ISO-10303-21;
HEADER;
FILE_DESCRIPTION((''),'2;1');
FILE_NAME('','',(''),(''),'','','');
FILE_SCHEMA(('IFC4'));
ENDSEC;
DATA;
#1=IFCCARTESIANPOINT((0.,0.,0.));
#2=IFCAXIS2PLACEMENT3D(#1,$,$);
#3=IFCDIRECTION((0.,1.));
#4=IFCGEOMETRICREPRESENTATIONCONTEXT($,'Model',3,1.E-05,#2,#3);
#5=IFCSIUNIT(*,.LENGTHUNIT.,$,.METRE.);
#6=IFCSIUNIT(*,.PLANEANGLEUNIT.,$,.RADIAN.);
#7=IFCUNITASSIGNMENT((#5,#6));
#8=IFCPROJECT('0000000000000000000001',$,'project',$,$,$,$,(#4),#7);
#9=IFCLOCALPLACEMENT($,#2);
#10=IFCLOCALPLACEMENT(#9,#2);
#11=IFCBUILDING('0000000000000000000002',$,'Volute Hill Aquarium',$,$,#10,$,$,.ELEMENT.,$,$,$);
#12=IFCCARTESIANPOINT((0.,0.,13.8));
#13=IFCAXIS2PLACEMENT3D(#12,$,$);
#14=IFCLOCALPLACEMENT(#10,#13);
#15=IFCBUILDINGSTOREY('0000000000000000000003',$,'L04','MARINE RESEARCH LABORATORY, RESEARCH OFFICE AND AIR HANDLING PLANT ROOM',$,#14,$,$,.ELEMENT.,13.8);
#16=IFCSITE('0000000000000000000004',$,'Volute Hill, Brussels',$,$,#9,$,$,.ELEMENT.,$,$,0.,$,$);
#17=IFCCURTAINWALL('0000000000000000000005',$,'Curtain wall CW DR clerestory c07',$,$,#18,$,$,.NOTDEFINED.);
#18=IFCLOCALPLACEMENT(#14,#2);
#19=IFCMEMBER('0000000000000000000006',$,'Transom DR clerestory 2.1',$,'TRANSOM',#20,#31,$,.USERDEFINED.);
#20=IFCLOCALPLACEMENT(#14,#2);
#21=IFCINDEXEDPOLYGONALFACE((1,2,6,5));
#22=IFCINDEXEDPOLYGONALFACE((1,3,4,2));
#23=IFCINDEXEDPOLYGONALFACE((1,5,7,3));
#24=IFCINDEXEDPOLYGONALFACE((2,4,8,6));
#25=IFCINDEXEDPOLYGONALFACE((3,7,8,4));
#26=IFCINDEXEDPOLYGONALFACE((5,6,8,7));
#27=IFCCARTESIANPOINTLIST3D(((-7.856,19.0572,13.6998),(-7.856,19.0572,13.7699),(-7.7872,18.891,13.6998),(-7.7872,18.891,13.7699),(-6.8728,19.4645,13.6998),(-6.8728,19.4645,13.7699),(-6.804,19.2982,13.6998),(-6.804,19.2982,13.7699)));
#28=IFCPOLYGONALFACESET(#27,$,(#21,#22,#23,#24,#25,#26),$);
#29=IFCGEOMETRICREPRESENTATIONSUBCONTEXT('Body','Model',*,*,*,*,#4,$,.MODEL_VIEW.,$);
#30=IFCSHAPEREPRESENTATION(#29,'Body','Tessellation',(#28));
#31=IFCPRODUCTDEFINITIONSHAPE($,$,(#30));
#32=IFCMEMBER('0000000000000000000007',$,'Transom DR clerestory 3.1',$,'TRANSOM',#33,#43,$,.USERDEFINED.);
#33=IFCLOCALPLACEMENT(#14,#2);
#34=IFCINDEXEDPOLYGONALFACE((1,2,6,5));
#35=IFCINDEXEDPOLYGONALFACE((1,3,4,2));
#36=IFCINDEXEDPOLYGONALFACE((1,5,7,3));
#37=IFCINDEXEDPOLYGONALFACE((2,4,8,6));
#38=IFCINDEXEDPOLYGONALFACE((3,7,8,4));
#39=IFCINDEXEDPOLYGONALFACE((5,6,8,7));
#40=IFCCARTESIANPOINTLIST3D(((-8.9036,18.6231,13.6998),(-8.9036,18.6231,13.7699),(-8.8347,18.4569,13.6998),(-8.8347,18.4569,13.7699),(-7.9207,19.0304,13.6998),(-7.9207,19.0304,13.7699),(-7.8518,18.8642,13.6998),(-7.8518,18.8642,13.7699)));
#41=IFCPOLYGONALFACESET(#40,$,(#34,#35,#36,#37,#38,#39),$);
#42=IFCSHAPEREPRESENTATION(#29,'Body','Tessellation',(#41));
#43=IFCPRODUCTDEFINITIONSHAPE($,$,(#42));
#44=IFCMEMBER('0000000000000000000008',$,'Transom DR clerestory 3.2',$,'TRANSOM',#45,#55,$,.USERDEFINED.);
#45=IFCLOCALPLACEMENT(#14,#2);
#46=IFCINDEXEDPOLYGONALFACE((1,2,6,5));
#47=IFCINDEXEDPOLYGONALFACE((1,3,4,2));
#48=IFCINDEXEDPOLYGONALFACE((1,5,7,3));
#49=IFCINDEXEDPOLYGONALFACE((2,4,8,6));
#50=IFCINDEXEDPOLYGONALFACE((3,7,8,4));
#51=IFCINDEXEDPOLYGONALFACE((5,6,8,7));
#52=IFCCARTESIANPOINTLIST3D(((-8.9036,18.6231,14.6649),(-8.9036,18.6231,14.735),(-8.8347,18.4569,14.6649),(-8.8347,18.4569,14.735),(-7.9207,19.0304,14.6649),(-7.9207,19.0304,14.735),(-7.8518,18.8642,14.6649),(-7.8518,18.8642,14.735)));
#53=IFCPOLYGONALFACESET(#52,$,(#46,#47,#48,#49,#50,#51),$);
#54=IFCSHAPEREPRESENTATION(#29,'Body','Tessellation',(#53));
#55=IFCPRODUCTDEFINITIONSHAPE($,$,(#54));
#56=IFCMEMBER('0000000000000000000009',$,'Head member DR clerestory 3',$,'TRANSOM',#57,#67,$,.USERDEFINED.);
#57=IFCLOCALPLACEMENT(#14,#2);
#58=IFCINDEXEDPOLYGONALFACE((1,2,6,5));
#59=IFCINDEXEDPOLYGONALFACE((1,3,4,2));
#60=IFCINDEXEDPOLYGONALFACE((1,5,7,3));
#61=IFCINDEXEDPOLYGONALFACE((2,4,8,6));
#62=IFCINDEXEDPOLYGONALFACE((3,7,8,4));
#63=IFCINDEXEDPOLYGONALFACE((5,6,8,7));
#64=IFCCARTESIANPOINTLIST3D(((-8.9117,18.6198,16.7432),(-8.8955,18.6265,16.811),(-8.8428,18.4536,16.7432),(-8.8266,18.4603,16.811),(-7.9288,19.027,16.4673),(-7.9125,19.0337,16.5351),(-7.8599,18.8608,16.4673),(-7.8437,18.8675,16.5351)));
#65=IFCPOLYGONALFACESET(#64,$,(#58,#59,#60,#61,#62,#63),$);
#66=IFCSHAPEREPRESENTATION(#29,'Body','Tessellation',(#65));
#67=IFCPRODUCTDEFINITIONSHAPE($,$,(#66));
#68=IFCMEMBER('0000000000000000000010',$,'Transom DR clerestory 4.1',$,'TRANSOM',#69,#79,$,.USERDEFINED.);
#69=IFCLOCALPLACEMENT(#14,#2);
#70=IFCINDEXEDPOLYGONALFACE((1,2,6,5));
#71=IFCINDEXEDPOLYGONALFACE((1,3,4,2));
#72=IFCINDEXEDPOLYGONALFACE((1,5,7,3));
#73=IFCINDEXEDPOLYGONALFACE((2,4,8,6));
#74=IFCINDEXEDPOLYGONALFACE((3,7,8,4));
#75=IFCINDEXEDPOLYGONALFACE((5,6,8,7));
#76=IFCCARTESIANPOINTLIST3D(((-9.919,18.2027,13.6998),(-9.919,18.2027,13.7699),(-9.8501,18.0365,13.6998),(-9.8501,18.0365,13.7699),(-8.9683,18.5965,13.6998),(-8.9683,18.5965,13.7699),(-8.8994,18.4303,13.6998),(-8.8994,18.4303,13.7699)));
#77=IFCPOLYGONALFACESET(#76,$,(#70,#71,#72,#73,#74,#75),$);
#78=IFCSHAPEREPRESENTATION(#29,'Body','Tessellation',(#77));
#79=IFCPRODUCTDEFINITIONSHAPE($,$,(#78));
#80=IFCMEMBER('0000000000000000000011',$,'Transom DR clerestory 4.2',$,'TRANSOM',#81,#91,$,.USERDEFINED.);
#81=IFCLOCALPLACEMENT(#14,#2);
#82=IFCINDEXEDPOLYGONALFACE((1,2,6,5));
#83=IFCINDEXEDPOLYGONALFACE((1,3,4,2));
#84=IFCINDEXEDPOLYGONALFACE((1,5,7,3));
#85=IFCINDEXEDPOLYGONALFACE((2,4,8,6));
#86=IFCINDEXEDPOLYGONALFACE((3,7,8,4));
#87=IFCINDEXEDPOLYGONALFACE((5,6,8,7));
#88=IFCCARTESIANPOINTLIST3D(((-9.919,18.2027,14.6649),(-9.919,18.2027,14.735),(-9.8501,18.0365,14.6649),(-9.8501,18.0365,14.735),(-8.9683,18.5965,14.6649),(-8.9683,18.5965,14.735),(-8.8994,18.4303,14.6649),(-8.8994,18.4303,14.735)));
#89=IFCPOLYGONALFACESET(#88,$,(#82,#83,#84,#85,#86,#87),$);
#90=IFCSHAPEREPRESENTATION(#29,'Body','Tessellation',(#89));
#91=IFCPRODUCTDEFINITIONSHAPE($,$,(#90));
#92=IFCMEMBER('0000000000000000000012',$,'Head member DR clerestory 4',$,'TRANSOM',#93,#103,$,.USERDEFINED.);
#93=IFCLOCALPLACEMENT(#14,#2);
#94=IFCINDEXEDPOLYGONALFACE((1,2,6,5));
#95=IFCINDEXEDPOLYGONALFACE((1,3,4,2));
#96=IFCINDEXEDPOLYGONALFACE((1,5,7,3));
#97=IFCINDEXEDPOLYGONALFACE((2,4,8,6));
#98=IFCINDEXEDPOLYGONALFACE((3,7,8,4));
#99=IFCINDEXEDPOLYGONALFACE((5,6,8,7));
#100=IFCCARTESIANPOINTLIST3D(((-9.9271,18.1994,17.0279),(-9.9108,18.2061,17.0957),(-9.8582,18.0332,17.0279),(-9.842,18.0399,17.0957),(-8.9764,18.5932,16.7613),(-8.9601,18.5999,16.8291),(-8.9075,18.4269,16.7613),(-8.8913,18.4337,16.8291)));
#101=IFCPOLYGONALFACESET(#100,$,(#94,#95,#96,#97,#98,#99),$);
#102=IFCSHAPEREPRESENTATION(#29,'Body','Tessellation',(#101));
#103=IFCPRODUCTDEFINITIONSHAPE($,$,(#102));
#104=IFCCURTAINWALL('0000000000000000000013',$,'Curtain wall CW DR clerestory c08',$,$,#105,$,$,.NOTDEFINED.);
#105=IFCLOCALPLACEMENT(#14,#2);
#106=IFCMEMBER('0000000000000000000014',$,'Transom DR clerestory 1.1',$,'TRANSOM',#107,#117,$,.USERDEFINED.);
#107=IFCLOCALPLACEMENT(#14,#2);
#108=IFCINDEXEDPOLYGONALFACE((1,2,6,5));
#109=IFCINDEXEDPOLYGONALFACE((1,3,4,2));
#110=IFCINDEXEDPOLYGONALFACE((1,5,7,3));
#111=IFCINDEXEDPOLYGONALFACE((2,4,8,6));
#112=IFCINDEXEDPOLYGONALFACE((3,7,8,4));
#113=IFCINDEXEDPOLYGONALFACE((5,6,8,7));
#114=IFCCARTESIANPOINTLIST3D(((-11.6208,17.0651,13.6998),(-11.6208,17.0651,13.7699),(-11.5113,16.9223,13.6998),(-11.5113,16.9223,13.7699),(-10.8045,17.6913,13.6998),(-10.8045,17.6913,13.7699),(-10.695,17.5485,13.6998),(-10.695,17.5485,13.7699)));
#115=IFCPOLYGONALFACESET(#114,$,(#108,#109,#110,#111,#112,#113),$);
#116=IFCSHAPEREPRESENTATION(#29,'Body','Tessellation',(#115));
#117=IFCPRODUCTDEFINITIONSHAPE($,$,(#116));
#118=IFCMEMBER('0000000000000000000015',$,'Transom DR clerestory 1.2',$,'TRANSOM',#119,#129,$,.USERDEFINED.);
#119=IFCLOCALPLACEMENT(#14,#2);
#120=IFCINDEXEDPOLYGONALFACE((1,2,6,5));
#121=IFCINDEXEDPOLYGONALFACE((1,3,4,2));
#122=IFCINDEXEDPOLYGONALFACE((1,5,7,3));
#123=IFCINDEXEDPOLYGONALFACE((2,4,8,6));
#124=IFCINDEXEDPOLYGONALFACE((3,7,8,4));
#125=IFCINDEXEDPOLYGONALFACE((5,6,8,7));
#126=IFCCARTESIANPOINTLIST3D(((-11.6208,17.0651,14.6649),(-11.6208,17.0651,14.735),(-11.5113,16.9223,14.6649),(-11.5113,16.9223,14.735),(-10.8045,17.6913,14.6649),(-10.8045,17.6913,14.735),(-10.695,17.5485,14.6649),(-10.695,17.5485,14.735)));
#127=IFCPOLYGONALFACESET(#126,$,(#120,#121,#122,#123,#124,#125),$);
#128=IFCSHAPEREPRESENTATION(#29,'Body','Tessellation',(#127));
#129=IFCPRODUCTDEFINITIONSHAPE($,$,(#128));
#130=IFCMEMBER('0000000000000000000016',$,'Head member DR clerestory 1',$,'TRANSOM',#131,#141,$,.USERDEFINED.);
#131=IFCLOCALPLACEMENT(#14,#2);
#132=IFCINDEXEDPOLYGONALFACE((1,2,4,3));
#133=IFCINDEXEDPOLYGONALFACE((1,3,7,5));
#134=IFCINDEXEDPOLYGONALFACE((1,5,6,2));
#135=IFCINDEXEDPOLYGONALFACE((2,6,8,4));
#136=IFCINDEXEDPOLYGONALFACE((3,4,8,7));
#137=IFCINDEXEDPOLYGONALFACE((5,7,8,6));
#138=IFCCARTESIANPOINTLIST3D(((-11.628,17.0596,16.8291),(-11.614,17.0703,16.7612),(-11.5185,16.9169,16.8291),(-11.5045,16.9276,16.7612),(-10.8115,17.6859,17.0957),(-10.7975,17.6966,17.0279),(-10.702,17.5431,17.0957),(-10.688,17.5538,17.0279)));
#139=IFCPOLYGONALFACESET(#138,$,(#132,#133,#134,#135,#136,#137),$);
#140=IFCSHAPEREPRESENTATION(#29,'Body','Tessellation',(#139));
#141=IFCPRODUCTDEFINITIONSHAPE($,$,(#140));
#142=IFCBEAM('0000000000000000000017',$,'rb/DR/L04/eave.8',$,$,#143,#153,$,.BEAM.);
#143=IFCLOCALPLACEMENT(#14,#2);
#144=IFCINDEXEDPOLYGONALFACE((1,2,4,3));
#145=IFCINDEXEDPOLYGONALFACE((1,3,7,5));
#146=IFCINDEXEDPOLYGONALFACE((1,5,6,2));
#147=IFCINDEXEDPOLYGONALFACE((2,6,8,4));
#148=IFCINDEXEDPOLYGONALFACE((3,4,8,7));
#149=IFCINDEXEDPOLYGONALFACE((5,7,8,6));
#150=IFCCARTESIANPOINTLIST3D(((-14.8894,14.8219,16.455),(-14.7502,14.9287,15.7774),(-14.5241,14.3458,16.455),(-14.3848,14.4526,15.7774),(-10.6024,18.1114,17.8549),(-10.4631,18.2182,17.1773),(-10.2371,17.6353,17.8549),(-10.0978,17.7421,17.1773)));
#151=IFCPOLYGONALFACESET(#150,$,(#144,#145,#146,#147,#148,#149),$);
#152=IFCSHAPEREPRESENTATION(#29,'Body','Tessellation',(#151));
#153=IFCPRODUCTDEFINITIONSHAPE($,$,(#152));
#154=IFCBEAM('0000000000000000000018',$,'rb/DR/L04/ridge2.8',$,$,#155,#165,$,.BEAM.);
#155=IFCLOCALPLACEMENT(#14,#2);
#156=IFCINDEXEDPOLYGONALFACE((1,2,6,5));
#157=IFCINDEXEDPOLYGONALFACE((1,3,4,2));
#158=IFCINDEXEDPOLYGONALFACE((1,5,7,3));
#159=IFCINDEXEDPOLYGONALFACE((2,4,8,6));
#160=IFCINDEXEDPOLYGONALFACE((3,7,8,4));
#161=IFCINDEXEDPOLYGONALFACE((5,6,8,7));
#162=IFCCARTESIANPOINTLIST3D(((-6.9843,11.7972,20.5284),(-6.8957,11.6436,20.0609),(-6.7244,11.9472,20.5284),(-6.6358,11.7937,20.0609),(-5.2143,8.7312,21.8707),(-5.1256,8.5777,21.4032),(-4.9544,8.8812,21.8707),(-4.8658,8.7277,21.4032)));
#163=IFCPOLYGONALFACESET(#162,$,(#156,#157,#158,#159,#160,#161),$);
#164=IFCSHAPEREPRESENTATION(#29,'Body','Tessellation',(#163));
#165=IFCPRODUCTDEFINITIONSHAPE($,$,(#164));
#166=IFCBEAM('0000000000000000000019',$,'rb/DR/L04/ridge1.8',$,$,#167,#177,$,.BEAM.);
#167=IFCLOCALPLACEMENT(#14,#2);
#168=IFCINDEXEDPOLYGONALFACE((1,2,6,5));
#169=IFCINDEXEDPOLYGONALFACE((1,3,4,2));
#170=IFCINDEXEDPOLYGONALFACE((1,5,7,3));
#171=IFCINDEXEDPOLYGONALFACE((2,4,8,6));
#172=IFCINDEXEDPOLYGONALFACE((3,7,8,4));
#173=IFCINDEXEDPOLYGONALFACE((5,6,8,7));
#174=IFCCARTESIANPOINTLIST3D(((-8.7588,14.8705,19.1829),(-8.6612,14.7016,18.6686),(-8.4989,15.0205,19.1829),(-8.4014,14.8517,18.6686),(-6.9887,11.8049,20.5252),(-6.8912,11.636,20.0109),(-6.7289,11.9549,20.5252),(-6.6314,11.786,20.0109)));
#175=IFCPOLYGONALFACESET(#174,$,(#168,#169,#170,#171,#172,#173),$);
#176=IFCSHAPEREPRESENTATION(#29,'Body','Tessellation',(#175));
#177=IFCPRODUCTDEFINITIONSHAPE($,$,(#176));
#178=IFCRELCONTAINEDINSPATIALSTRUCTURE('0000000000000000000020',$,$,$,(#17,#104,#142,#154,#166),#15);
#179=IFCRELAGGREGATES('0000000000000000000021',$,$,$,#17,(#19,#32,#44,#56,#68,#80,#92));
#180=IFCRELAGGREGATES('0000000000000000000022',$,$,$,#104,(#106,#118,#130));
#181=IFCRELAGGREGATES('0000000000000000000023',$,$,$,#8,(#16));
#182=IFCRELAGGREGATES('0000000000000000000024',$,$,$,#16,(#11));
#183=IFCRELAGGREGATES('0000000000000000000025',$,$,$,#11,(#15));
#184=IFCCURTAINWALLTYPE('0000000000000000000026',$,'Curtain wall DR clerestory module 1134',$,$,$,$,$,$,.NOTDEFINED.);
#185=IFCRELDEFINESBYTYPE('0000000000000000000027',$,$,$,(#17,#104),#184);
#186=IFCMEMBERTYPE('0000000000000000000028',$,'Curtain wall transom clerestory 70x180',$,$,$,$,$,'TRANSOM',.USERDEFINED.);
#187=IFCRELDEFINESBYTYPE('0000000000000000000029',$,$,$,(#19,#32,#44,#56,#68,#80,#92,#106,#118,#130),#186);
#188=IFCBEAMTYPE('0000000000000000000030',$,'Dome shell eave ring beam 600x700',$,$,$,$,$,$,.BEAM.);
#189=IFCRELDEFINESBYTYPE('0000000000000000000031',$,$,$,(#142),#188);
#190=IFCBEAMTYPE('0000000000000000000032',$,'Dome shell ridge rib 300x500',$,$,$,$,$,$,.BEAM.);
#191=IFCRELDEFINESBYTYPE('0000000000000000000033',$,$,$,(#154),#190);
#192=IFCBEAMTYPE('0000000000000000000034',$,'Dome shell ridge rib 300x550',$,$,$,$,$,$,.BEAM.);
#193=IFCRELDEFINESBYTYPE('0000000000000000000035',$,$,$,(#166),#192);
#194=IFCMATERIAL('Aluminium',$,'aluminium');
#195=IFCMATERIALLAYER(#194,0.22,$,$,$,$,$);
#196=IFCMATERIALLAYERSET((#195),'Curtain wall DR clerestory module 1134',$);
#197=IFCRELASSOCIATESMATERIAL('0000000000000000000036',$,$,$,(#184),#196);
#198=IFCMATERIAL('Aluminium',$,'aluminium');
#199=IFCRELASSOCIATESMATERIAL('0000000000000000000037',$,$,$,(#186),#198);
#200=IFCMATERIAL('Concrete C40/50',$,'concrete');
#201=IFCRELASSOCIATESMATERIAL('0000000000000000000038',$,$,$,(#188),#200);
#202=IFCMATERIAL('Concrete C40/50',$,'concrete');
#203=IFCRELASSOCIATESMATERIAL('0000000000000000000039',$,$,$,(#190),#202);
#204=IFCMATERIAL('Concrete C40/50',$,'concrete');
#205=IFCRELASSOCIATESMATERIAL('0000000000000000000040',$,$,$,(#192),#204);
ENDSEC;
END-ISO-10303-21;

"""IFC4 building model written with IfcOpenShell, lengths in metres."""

from ifc_helpers import new_model, si_unit, direction, frame, origin, origin_2d, place, context, subcontext, project, spatial, rectangle, extrude, material, layer, layer_set, material_profile, profile_set, type_object, element, aggregate, save


model = new_model("IFC4")

# Units and contexts
model_context = context("Model", 3, precision=1e-05, world=origin(), true_north=direction((0.0, 1.0)))
body_context = subcontext(model_context, "Body", "Model", "MODEL_VIEW")
ifc_project = project(units=[si_unit("LENGTHUNIT", "METRE"), si_unit("PLANEANGLEUNIT", "RADIAN")], contexts=[model_context])

# Site, building, storey
site_placement = place(None, origin())
site = spatial("IfcSite", under=ifc_project, at=site_placement, Name="Volute Hill, Brussels", CompositionType="ELEMENT", RefElevation=0.0)
building_placement = place(site_placement, origin())
building = spatial("IfcBuilding", under=site, at=building_placement, Name="Volute Hill Aquarium", CompositionType="ELEMENT")
storey_placement = place(building_placement, frame((0.0, 0.0, 13.8)))
storey = spatial("IfcBuildingStorey", under=building, at=storey_placement, Name="L04", Description="MARINE RESEARCH LABORATORY, RESEARCH OFFICE AND AIR HANDLING PLANT ROOM", CompositionType="ELEMENT", Elevation=13.8)

# Curtain walls, members
ifc_material_1 = material(Name="Aluminium", Category="aluminium")
ifc_layer_1 = layer(ifc_material_1, 0.22)
ifc_layer_set_1 = layer_set([ifc_layer_1], Name="Curtain wall DR clerestory module 1134")
curtain_wall_type = type_object("IfcCurtainWallType", Name="Curtain wall DR clerestory module 1134", PredefinedType="NOTDEFINED", material=ifc_layer_set_1)
curtain_wall_1_placement = place(storey_placement, origin())
curtain_wall_1 = element("IfcCurtainWall", 1, at=curtain_wall_1_placement, inside=storey, type_object=curtain_wall_type, Name="Curtain wall CW DR clerestory c07", PredefinedType="NOTDEFINED")
ifc_material_2 = material(Name="Aluminium", Category="aluminium")
ifc_material_profile_1 = material_profile(ifc_material_2, rectangle(XDim=0.1799, YDim=0.0701, at=origin_2d()), Name="Curtain wall transom clerestory 70x180")
ifc_profile_set_1 = profile_set([ifc_material_profile_1], Name="Aluminium")
member_type = type_object("IfcMemberType", Name="Curtain wall transom clerestory 70x180", ElementType="TRANSOM", PredefinedType="USERDEFINED", material=ifc_profile_set_1)
member_1_placement = place(storey_placement, frame((-6.8384, 19.3813, 13.7349), z_axis=(-0.923883, -0.382676, 0.0), x_axis=(0.382676, -0.923883, 0.0)))
member_1 = element("IfcMember", 2, at=member_1_placement, type_object=member_type, Name="Transom DR clerestory 2.1", ObjectType="TRANSOM", PredefinedType="USERDEFINED", context=body_context, shape_type="SweptSolid", body=[
    extrude(rectangle(XDim=0.1799, YDim=0.0701, at=origin_2d()), origin(), (0.0, 0.0, 1.0), 1.0642),
])
member_2_placement = place(storey_placement, frame((-7.8862, 18.9473, 13.7349), z_axis=(-0.923849, -0.382757, 0.0), x_axis=(0.382757, -0.923849, 0.0)))
member_2 = element("IfcMember", 3, at=member_2_placement, type_object=member_type, Name="Transom DR clerestory 3.1", ObjectType="TRANSOM", PredefinedType="USERDEFINED", context=body_context, shape_type="SweptSolid", body=[
    extrude(rectangle(XDim=0.1799, YDim=0.0701, at=origin_2d()), origin(), (0.0, 0.0, 1.0), 1.064),
])
member_3_placement = place(storey_placement, frame((-7.8862, 18.9473, 14.7), z_axis=(-0.923849, -0.382757, 0.0), x_axis=(0.382757, -0.923849, 0.0)))
member_3 = element("IfcMember", 4, at=member_3_placement, type_object=member_type, Name="Transom DR clerestory 3.2", ObjectType="TRANSOM", PredefinedType="USERDEFINED", context=body_context, shape_type="SweptSolid", body=[
    extrude(rectangle(XDim=0.1799, YDim=0.0701, at=origin_2d()), origin(), (0.0, 0.0, 1.0), 1.064),
])
member_4_placement = place(storey_placement, frame((-7.8862, 18.9473, 16.5012), z_axis=(-0.894274, -0.370504, 0.251001), x_axis=(0.382757, -0.923849, 0.0)))
member_4 = element("IfcMember", 5, at=member_4_placement, type_object=member_type, Name="Head member DR clerestory 3", ObjectType="TRANSOM", PredefinedType="USERDEFINED", context=body_context, shape_type="SweptSolid", body=[
    extrude(rectangle(XDim=0.1799, YDim=0.0701, at=origin_2d()), origin(), (0.0, 0.0, 1.0), 1.0991),
])
member_5_placement = place(storey_placement, frame((-8.9338, 18.5134, 13.7349), z_axis=(-0.923875, -0.382694, 0.0), x_axis=(0.382694, -0.923875, 0.0)))
member_5 = element("IfcMember", 6, at=member_5_placement, type_object=member_type, Name="Transom DR clerestory 4.1", ObjectType="TRANSOM", PredefinedType="USERDEFINED", context=body_context, shape_type="SweptSolid", body=[
    extrude(rectangle(XDim=0.1799, YDim=0.0701, at=origin_2d()), origin(), (0.0, 0.0, 1.0), 1.0291),
])
member_6_placement = place(storey_placement, frame((-8.9338, 18.5134, 14.7), z_axis=(-0.923875, -0.382694, 0.0), x_axis=(0.382694, -0.923875, 0.0)))
member_6 = element("IfcMember", 7, at=member_6_placement, type_object=member_type, Name="Transom DR clerestory 4.2", ObjectType="TRANSOM", PredefinedType="USERDEFINED", context=body_context, shape_type="SweptSolid", body=[
    extrude(rectangle(XDim=0.1799, YDim=0.0701, at=origin_2d()), origin(), (0.0, 0.0, 1.0), 1.0291),
])
member_7_placement = place(storey_placement, frame((-8.9338, 18.5134, 16.7952), z_axis=(-0.894346, -0.370462, 0.250803), x_axis=(0.382694, -0.923875, 0.0)))
member_7 = element("IfcMember", 8, at=member_7_placement, type_object=member_type, Name="Head member DR clerestory 4", ObjectType="TRANSOM", PredefinedType="USERDEFINED", context=body_context, shape_type="SweptSolid", body=[
    extrude(rectangle(XDim=0.1799, YDim=0.0701, at=origin_2d()), origin(), (0.0, 0.0, 1.0), 1.063),
])
curtain_wall_2_placement = place(storey_placement, origin())
curtain_wall_2 = element("IfcCurtainWall", 9, at=curtain_wall_2_placement, inside=storey, type_object=curtain_wall_type, Name="Curtain wall CW DR clerestory c08", PredefinedType="NOTDEFINED")
member_8_placement = place(storey_placement, frame((-10.7498, 17.6199, 13.7349), z_axis=(-0.793461, -0.608621, 0.0), x_axis=(0.608621, -0.793461, 0.0)))
member_8 = element("IfcMember", 10, at=member_8_placement, type_object=member_type, Name="Transom DR clerestory 1.1", ObjectType="TRANSOM", PredefinedType="USERDEFINED", context=body_context, shape_type="SweptSolid", body=[
    extrude(rectangle(XDim=0.1799, YDim=0.0701, at=origin_2d()), origin(), (0.0, 0.0, 1.0), 1.0288),
])
member_9_placement = place(storey_placement, frame((-10.7498, 17.6199, 14.7), z_axis=(-0.793461, -0.608621, 0.0), x_axis=(0.608621, -0.793461, 0.0)))
member_9 = element("IfcMember", 11, at=member_9_placement, type_object=member_type, Name="Transom DR clerestory 1.2", ObjectType="TRANSOM", PredefinedType="USERDEFINED", context=body_context, shape_type="SweptSolid", body=[
    extrude(rectangle(XDim=0.1799, YDim=0.0701, at=origin_2d()), origin(), (0.0, 0.0, 1.0), 1.0288),
])
member_10_placement = place(storey_placement, frame((-10.7498, 17.6199, 17.0618), z_axis=(-0.768096, -0.589165, -0.250826), x_axis=(0.608621, -0.793461, 0.0)))
member_10 = element("IfcMember", 12, at=member_10_placement, type_object=member_type, Name="Head member DR clerestory 1", ObjectType="TRANSOM", PredefinedType="USERDEFINED", context=body_context, shape_type="SweptSolid", body=[
    extrude(rectangle(XDim=0.1799, YDim=0.0701, at=origin_2d()), origin(), (0.0, 0.0, 1.0), 1.063),
])

# Beams
ifc_material_3 = material(Name="Concrete C40/50", Category="concrete")
ifc_material_profile_2 = material_profile(ifc_material_3, rectangle(XDim=0.6001, YDim=0.7, at=origin_2d()), Name="RC beam 600x700")
ifc_profile_set_2 = profile_set([ifc_material_profile_2], Name="Concrete C40/50")
beam_type_1 = type_object("IfcBeamType", Name="Dome shell eave ring beam 600x700", PredefinedType="BEAM", material=ifc_profile_set_2)
beam_1_placement = place(storey_placement, frame((-10.3501, 17.9268, 17.5161), z_axis=(-0.768006, -0.5893, -0.250783), x_axis=(0.608754, -0.793359, 0.0)))
element("IfcBeam", 13, at=beam_1_placement, inside=storey, type_object=beam_type_1, Name="rb/DR/L04/eave.8", PredefinedType="BEAM", context=body_context, shape_type="SweptSolid", body=[
    extrude(rectangle(XDim=0.6001, YDim=0.7, at=origin_2d()), origin(), (0.0, 0.0, 1.0), 5.582),
])
ifc_material_4 = material(Name="Concrete C40/50", Category="concrete")
ifc_material_profile_3 = material_profile(ifc_material_4, rectangle(XDim=0.3, YDim=0.5, at=origin_2d()), Name="RC rib 300x500")
ifc_profile_set_3 = profile_set([ifc_material_profile_3], Name="Concrete C40/50")
beam_type_2 = type_object("IfcBeamType", Name="Dome shell ridge rib 300x500", PredefinedType="BEAM", material=ifc_profile_set_3)
beam_2_placement = place(storey_placement, frame((-6.8101, 11.7954, 20.2947), z_axis=(0.467505, -0.809783, 0.35453), x_axis=(0.866036, 0.499981, 0.0)))
element("IfcBeam", 14, at=beam_2_placement, inside=storey, type_object=beam_type_2, Name="rb/DR/L04/ridge2.8", PredefinedType="BEAM", context=body_context, shape_type="SweptSolid", body=[
    extrude(rectangle(XDim=0.3, YDim=0.5, at=origin_2d()), origin(), (0.0, 0.0, 1.0), 3.7861),
])
ifc_material_5 = material(Name="Concrete C40/50", Category="concrete")
ifc_material_profile_4 = material_profile(ifc_material_5, rectangle(XDim=0.3, YDim=0.55, at=origin_2d()), Name="RC rib 300x550")
ifc_profile_set_4 = profile_set([ifc_material_profile_4], Name="Concrete C40/50")
beam_type_3 = type_object("IfcBeamType", Name="Dome shell ridge rib 300x550", PredefinedType="BEAM", material=ifc_profile_set_4)
beam_3_placement = place(storey_placement, frame((-8.5801, 14.8611, 18.9258), z_axis=(0.467529, -0.80976, 0.354548), x_axis=(0.866019, 0.500011, 0.0)))
element("IfcBeam", 15, at=beam_3_placement, inside=storey, type_object=beam_type_3, Name="rb/DR/L04/ridge1.8", PredefinedType="BEAM", context=body_context, shape_type="SweptSolid", body=[
    extrude(rectangle(XDim=0.3, YDim=0.55, at=origin_2d()), origin(), (0.0, 0.0, 1.0), 3.7859),
])

aggregate(curtain_wall_1, [member_1, member_2, member_3, member_4, member_5, member_6, member_7])
aggregate(curtain_wall_2, [member_8, member_9, member_10])

save(model, "model.ifc")
